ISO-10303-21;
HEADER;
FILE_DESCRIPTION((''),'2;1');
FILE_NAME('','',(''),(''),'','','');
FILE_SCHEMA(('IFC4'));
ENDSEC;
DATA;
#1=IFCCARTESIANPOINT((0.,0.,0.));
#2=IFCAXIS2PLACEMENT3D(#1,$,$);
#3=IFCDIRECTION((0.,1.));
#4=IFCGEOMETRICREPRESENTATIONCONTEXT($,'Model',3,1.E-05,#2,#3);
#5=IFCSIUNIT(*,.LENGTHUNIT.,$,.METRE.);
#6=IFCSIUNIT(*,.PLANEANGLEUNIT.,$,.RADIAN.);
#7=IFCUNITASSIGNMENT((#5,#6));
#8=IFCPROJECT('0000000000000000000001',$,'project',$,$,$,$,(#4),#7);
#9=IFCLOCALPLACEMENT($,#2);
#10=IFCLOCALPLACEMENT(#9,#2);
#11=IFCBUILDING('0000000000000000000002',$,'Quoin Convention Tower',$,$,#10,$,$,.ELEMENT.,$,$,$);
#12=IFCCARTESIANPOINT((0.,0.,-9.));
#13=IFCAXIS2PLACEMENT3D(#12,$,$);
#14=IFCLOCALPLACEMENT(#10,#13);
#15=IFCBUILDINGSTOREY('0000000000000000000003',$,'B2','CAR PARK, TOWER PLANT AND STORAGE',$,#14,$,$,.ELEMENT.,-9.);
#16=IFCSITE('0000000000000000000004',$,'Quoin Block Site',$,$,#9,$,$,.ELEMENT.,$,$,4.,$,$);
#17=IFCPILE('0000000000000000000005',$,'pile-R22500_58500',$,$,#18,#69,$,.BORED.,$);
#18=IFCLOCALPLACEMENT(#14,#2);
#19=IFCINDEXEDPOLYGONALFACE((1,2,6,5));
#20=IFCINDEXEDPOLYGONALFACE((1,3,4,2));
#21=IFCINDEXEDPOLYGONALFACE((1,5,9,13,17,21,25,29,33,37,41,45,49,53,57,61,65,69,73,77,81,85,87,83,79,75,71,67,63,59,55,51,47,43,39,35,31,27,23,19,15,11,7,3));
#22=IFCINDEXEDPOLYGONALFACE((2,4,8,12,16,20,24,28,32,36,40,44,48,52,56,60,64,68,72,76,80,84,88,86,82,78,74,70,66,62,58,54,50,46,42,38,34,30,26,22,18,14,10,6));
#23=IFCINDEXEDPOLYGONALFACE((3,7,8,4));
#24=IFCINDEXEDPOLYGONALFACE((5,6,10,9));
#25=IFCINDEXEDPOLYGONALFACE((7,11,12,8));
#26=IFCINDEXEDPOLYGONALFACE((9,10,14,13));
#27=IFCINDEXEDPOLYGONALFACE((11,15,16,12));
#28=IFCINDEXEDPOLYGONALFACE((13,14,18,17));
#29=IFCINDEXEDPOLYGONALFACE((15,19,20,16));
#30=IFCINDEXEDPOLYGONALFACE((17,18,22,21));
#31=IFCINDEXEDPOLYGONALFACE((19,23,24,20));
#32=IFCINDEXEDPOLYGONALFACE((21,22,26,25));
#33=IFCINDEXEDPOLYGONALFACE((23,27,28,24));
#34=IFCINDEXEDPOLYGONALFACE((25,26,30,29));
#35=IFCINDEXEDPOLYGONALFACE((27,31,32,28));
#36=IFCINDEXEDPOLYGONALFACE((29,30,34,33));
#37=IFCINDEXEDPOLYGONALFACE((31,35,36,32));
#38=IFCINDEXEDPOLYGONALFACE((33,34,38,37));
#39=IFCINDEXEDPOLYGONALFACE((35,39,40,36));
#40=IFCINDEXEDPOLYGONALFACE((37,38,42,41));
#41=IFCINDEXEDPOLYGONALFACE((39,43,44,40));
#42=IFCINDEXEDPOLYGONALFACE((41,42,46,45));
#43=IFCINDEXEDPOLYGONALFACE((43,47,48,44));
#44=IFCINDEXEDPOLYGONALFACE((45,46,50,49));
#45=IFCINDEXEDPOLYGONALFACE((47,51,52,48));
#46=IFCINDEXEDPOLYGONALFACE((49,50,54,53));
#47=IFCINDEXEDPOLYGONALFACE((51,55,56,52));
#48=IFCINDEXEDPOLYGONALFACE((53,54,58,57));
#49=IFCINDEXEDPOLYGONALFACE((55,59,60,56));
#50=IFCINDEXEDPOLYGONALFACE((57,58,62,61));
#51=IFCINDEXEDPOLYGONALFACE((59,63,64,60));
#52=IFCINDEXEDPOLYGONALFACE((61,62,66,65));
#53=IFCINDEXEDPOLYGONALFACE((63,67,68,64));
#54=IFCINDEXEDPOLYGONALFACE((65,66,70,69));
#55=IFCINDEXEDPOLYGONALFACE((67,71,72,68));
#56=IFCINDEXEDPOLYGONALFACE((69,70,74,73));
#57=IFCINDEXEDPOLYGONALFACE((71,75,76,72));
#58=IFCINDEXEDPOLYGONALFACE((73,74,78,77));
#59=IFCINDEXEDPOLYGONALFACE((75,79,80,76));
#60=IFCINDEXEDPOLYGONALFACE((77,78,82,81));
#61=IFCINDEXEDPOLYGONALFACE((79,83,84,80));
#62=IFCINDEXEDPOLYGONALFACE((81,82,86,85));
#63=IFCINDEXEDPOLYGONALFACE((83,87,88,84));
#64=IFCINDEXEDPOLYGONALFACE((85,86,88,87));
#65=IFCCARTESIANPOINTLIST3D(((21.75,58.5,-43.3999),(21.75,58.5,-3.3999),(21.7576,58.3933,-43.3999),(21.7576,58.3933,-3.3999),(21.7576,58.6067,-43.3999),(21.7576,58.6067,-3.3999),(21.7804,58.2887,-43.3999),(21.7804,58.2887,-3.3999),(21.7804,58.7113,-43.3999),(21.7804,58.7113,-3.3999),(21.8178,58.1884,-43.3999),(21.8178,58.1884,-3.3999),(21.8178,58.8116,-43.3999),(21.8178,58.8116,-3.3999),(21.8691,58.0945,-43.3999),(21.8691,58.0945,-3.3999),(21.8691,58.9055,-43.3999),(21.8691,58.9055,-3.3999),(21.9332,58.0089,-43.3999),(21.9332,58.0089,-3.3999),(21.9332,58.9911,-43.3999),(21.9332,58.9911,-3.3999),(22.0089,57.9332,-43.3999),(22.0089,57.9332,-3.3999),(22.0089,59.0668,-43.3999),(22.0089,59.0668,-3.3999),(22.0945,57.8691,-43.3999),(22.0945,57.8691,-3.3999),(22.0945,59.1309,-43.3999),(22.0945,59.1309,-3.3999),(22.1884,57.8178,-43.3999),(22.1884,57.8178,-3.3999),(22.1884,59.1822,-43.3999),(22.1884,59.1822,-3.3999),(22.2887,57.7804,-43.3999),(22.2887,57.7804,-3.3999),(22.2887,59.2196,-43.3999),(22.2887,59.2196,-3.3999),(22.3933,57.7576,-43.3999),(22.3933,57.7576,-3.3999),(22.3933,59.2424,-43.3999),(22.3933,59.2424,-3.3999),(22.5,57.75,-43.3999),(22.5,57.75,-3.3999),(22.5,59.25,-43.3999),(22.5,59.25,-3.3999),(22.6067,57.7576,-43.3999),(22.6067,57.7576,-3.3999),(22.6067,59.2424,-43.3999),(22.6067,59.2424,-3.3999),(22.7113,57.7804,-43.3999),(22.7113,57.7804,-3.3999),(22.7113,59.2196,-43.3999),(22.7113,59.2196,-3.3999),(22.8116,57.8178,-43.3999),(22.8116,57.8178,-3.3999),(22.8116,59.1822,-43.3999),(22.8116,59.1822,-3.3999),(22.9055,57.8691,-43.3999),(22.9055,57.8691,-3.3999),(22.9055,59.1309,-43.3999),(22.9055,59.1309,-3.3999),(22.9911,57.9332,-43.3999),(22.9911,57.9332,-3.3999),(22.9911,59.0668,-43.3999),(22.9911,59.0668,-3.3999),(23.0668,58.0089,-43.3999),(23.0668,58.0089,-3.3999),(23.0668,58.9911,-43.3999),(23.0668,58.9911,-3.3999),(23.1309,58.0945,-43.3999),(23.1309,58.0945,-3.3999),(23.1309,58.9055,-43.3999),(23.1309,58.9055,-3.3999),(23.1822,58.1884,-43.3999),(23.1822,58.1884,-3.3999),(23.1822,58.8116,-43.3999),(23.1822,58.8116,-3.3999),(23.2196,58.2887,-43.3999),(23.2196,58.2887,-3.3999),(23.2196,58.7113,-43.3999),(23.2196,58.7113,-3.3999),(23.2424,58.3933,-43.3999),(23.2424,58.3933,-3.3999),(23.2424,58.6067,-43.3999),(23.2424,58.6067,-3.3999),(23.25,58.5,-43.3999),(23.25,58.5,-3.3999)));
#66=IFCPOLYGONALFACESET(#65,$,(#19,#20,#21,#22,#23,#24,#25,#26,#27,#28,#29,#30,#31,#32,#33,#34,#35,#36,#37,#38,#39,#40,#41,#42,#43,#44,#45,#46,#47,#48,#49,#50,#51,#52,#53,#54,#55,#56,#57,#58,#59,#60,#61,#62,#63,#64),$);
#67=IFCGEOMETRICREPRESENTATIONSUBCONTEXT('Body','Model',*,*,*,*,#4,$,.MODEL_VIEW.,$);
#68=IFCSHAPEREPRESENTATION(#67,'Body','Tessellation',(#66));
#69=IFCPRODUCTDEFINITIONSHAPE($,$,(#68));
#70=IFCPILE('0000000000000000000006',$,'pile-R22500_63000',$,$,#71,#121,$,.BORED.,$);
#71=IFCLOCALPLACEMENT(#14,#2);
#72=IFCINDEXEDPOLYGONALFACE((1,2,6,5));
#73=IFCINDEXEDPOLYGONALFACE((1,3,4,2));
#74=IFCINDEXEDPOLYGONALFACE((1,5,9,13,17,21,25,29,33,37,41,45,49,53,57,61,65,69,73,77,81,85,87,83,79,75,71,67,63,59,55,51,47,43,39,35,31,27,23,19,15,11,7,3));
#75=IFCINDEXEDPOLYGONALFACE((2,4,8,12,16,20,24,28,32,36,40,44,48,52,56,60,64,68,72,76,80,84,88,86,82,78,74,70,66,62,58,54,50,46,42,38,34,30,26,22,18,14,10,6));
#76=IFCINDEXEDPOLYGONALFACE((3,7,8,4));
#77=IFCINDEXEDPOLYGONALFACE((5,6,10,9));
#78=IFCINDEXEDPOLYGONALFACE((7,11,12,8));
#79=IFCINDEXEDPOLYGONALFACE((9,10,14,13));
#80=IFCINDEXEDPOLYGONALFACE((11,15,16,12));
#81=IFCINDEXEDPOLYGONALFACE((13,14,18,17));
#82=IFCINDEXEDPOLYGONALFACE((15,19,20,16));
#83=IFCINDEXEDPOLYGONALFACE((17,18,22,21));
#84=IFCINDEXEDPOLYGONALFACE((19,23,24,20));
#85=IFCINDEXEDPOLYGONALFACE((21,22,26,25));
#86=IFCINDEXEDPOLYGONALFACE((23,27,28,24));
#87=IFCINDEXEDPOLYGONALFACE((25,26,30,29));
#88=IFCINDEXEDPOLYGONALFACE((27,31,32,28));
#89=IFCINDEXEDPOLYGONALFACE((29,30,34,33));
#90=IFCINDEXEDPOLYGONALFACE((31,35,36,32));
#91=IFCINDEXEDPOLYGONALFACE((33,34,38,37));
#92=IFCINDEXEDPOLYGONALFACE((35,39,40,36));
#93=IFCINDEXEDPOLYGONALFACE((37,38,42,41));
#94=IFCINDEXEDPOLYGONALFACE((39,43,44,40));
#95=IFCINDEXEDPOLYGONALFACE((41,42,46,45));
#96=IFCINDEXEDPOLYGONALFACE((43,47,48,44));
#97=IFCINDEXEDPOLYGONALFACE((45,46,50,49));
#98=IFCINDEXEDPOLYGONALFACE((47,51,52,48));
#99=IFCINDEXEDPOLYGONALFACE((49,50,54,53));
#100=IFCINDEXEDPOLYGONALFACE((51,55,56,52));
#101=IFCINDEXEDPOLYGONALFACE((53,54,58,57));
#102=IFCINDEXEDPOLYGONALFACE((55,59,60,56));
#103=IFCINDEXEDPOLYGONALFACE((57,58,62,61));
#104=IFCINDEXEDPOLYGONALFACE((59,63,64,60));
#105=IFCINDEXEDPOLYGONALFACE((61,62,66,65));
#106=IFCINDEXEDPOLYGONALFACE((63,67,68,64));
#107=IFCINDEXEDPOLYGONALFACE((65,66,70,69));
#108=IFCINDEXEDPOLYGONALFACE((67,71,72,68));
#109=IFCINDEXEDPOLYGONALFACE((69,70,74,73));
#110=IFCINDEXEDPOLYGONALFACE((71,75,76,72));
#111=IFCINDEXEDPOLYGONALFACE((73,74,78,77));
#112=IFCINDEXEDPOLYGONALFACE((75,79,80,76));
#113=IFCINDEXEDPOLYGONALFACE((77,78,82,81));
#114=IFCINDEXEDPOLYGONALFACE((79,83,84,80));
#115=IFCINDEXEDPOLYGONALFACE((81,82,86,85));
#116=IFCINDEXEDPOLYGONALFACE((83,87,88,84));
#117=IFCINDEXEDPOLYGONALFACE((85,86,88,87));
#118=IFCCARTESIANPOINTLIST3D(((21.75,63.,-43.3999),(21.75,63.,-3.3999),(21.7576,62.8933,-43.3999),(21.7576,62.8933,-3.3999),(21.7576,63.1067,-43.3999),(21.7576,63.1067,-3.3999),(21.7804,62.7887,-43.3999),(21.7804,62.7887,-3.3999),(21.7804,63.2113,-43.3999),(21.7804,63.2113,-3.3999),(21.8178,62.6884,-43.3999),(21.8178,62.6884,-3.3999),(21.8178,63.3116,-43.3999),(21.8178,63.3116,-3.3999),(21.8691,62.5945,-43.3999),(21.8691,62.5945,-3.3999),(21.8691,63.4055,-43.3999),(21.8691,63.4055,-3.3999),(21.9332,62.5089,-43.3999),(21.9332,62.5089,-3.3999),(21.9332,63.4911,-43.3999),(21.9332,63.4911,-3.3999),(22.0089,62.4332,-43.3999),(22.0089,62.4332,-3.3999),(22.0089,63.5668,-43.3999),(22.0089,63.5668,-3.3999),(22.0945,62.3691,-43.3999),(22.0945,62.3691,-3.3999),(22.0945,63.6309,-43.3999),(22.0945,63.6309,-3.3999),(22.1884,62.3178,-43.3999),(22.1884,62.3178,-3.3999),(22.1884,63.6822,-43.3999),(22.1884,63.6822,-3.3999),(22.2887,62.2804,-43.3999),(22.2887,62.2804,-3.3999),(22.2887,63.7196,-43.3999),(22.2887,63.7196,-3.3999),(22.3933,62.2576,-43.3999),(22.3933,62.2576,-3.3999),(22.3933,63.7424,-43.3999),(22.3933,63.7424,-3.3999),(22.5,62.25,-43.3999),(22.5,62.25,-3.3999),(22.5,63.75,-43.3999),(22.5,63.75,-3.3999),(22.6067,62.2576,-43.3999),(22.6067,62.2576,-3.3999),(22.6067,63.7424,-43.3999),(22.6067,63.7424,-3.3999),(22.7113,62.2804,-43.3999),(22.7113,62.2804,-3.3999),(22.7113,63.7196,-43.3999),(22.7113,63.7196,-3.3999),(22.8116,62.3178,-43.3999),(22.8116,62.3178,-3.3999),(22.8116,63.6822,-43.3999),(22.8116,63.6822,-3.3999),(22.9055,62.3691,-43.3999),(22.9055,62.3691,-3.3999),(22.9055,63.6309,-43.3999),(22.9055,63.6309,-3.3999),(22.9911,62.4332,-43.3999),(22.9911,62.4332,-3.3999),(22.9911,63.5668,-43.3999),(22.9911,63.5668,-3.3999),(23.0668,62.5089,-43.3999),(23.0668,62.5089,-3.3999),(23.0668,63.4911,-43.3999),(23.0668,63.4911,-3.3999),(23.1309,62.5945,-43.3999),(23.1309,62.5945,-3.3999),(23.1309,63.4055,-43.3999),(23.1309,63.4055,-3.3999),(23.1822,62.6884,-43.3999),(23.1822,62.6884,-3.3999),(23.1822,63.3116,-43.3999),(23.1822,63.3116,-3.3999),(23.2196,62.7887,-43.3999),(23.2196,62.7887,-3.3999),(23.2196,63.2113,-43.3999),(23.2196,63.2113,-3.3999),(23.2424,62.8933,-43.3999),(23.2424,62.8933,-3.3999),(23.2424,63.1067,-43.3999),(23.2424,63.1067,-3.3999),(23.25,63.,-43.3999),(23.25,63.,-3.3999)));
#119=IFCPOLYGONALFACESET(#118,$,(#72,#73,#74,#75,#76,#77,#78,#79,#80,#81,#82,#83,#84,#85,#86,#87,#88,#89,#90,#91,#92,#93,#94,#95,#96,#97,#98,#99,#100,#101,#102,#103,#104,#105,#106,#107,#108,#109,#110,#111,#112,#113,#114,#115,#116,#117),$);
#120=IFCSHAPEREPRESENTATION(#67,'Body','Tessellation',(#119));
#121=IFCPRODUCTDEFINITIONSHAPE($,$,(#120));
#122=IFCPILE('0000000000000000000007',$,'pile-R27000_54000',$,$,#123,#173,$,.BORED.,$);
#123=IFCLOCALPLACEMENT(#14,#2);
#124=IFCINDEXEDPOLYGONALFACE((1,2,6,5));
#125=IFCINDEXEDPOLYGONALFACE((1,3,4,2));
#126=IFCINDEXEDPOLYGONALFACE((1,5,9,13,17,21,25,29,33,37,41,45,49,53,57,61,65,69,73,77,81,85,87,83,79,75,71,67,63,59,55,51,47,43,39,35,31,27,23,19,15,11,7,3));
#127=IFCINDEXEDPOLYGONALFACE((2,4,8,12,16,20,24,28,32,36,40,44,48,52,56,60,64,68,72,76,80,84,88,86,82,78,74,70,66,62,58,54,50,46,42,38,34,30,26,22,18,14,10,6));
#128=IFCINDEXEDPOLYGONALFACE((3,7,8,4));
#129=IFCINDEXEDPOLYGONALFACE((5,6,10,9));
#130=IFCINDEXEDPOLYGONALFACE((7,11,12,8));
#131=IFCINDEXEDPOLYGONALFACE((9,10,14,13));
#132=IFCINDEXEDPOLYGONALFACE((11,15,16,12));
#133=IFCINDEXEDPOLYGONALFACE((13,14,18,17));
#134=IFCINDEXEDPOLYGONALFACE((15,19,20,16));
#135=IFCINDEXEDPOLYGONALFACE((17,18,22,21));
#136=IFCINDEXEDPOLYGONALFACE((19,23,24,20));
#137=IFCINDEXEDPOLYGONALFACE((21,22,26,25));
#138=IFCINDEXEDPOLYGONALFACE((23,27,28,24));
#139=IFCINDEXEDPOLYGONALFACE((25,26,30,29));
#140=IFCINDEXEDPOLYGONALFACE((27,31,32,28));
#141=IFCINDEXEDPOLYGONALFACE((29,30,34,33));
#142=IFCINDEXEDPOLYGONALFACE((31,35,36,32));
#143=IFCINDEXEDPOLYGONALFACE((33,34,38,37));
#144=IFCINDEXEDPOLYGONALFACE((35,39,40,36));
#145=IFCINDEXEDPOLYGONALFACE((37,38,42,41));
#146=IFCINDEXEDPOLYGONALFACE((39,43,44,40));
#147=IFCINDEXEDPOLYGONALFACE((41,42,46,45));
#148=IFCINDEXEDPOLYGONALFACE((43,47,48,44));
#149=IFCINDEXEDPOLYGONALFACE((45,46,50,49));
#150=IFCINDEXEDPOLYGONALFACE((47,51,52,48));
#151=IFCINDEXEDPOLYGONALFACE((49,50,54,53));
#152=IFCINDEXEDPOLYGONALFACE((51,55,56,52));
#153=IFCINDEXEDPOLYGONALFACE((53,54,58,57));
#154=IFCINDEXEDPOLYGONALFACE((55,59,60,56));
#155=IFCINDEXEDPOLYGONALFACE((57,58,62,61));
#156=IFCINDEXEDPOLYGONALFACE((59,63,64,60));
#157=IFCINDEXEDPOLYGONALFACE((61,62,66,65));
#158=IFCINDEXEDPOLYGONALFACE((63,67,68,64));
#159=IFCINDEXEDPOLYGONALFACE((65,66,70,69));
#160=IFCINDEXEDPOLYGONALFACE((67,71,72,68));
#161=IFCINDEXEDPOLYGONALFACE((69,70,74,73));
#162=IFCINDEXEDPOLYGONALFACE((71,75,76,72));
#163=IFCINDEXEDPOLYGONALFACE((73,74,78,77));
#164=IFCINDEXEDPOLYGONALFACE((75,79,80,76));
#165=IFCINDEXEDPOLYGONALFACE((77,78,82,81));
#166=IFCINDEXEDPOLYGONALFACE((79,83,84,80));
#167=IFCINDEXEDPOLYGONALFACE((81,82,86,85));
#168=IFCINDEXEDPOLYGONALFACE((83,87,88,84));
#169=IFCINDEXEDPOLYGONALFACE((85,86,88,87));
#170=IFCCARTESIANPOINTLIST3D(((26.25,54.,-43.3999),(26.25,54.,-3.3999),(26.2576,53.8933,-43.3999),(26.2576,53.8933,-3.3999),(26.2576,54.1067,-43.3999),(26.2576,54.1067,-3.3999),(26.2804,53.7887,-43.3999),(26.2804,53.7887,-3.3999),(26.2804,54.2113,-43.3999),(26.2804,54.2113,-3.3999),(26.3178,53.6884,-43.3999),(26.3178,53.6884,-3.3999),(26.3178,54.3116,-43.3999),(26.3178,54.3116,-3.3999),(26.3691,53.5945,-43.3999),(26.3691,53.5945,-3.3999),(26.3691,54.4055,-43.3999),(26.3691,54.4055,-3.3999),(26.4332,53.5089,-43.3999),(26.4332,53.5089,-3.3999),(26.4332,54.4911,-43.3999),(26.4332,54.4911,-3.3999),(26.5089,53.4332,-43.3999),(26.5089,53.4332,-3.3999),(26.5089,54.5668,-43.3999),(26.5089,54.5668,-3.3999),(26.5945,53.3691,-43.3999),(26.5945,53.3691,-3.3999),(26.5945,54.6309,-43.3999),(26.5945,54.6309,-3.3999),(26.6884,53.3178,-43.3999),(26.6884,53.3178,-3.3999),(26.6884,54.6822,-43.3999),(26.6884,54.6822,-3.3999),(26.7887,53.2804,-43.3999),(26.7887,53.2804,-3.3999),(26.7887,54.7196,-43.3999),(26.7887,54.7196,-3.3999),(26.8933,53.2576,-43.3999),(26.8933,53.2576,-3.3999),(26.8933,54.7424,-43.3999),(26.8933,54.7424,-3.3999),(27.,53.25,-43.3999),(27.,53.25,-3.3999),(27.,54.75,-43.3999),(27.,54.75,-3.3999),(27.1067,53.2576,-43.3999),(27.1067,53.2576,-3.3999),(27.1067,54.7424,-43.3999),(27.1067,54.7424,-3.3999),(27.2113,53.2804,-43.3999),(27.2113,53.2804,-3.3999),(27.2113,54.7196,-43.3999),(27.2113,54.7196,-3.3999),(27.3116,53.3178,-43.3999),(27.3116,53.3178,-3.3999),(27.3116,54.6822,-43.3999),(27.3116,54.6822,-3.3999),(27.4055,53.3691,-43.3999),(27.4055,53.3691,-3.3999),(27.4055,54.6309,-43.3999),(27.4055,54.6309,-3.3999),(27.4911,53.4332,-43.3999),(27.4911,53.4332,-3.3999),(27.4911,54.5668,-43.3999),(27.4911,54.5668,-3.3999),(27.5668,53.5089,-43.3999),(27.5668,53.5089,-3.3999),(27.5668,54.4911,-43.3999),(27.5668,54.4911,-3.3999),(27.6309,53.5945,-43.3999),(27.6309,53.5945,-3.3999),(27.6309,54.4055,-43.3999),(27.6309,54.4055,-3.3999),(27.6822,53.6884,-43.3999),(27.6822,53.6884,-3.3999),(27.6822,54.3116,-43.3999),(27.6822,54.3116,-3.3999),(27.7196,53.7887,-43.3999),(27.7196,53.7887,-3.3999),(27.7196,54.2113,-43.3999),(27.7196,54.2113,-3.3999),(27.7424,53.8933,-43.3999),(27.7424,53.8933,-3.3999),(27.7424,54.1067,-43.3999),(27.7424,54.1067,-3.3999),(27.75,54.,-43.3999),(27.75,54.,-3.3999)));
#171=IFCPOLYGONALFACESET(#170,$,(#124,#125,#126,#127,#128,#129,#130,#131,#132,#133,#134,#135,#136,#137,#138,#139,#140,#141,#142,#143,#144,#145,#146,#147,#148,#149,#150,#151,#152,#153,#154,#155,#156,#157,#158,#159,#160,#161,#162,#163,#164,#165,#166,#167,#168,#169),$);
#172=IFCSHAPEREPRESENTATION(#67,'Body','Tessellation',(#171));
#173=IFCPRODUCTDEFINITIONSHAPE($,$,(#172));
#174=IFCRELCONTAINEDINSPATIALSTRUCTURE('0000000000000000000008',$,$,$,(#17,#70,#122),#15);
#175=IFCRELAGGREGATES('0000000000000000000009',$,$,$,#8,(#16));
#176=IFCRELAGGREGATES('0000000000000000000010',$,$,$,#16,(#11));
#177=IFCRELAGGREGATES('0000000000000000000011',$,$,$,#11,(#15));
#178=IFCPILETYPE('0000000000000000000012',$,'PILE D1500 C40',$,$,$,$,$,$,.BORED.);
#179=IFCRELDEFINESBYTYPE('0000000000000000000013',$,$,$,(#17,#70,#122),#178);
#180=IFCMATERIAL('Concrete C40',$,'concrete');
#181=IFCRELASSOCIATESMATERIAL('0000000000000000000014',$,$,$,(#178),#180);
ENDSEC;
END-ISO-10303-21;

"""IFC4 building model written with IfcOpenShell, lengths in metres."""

from ifc_helpers import new_model, si_unit, direction, frame, origin, origin_2d, place, context, subcontext, project, spatial, circle, extrude, material, material_profile, profile_set, type_object, element, save


model = new_model("IFC4")

# Units and contexts
model_context = context("Model", 3, precision=1e-05, world=origin(), true_north=direction((0.0, 1.0)))
body_context = subcontext(model_context, "Body", "Model", "MODEL_VIEW")
ifc_project = project(units=[si_unit("LENGTHUNIT", "METRE"), si_unit("PLANEANGLEUNIT", "RADIAN")], contexts=[model_context])

# Site, building, storey
site_placement = place(None, origin())
site = spatial("IfcSite", under=ifc_project, at=site_placement, Name="Quoin Block Site", CompositionType="ELEMENT", RefElevation=4.0)
building_placement = place(site_placement, origin())
building = spatial("IfcBuilding", under=site, at=building_placement, Name="Quoin Convention Tower", CompositionType="ELEMENT")
storey_placement = place(building_placement, frame((0.0, 0.0, -9.0)))
storey = spatial("IfcBuildingStorey", under=building, at=storey_placement, Name="B2", Description="CAR PARK, TOWER PLANT AND STORAGE", CompositionType="ELEMENT", Elevation=-9.0)

# Piles
ifc_material_1 = material(Name="Concrete C40", Category="concrete")
ifc_material_profile_1 = material_profile(ifc_material_1, circle(Radius=0.75, at=origin_2d()), Name="D1500")
ifc_profile_set_1 = profile_set([ifc_material_profile_1], Name="Concrete C40")
pile_type = type_object("IfcPileType", Name="PILE D1500 C40", PredefinedType="BORED", material=ifc_profile_set_1)
for number, where, z_axis, x_axis, name in (
    (1, (22.5, 58.5, -3.3999), (0.0, 0.0, -1.0), (1.0, 0.0, 0.0), "pile-R22500_58500"),
    (2, (22.5, 63.0, -3.3999), (0.0, 0.0, -1.0), (1.0, 0.0, 0.0), "pile-R22500_63000"),
    (3, (27.0, 54.0, -3.3999), (0.0, 0.0, -1.0), (1.0, 0.0, 0.0), "pile-R27000_54000"),
):
    element("IfcPile", number, at=place(storey_placement, frame(where, z_axis=z_axis, x_axis=x_axis)), inside=storey, type_object=pile_type, Name=name, PredefinedType="BORED", context=body_context, shape_type="SweptSolid", body=[
        extrude(circle(Radius=0.75, at=origin_2d()), origin(), (0.0, 0.0, 1.0), 40.0),
    ])

save(model, "model.ifc")
